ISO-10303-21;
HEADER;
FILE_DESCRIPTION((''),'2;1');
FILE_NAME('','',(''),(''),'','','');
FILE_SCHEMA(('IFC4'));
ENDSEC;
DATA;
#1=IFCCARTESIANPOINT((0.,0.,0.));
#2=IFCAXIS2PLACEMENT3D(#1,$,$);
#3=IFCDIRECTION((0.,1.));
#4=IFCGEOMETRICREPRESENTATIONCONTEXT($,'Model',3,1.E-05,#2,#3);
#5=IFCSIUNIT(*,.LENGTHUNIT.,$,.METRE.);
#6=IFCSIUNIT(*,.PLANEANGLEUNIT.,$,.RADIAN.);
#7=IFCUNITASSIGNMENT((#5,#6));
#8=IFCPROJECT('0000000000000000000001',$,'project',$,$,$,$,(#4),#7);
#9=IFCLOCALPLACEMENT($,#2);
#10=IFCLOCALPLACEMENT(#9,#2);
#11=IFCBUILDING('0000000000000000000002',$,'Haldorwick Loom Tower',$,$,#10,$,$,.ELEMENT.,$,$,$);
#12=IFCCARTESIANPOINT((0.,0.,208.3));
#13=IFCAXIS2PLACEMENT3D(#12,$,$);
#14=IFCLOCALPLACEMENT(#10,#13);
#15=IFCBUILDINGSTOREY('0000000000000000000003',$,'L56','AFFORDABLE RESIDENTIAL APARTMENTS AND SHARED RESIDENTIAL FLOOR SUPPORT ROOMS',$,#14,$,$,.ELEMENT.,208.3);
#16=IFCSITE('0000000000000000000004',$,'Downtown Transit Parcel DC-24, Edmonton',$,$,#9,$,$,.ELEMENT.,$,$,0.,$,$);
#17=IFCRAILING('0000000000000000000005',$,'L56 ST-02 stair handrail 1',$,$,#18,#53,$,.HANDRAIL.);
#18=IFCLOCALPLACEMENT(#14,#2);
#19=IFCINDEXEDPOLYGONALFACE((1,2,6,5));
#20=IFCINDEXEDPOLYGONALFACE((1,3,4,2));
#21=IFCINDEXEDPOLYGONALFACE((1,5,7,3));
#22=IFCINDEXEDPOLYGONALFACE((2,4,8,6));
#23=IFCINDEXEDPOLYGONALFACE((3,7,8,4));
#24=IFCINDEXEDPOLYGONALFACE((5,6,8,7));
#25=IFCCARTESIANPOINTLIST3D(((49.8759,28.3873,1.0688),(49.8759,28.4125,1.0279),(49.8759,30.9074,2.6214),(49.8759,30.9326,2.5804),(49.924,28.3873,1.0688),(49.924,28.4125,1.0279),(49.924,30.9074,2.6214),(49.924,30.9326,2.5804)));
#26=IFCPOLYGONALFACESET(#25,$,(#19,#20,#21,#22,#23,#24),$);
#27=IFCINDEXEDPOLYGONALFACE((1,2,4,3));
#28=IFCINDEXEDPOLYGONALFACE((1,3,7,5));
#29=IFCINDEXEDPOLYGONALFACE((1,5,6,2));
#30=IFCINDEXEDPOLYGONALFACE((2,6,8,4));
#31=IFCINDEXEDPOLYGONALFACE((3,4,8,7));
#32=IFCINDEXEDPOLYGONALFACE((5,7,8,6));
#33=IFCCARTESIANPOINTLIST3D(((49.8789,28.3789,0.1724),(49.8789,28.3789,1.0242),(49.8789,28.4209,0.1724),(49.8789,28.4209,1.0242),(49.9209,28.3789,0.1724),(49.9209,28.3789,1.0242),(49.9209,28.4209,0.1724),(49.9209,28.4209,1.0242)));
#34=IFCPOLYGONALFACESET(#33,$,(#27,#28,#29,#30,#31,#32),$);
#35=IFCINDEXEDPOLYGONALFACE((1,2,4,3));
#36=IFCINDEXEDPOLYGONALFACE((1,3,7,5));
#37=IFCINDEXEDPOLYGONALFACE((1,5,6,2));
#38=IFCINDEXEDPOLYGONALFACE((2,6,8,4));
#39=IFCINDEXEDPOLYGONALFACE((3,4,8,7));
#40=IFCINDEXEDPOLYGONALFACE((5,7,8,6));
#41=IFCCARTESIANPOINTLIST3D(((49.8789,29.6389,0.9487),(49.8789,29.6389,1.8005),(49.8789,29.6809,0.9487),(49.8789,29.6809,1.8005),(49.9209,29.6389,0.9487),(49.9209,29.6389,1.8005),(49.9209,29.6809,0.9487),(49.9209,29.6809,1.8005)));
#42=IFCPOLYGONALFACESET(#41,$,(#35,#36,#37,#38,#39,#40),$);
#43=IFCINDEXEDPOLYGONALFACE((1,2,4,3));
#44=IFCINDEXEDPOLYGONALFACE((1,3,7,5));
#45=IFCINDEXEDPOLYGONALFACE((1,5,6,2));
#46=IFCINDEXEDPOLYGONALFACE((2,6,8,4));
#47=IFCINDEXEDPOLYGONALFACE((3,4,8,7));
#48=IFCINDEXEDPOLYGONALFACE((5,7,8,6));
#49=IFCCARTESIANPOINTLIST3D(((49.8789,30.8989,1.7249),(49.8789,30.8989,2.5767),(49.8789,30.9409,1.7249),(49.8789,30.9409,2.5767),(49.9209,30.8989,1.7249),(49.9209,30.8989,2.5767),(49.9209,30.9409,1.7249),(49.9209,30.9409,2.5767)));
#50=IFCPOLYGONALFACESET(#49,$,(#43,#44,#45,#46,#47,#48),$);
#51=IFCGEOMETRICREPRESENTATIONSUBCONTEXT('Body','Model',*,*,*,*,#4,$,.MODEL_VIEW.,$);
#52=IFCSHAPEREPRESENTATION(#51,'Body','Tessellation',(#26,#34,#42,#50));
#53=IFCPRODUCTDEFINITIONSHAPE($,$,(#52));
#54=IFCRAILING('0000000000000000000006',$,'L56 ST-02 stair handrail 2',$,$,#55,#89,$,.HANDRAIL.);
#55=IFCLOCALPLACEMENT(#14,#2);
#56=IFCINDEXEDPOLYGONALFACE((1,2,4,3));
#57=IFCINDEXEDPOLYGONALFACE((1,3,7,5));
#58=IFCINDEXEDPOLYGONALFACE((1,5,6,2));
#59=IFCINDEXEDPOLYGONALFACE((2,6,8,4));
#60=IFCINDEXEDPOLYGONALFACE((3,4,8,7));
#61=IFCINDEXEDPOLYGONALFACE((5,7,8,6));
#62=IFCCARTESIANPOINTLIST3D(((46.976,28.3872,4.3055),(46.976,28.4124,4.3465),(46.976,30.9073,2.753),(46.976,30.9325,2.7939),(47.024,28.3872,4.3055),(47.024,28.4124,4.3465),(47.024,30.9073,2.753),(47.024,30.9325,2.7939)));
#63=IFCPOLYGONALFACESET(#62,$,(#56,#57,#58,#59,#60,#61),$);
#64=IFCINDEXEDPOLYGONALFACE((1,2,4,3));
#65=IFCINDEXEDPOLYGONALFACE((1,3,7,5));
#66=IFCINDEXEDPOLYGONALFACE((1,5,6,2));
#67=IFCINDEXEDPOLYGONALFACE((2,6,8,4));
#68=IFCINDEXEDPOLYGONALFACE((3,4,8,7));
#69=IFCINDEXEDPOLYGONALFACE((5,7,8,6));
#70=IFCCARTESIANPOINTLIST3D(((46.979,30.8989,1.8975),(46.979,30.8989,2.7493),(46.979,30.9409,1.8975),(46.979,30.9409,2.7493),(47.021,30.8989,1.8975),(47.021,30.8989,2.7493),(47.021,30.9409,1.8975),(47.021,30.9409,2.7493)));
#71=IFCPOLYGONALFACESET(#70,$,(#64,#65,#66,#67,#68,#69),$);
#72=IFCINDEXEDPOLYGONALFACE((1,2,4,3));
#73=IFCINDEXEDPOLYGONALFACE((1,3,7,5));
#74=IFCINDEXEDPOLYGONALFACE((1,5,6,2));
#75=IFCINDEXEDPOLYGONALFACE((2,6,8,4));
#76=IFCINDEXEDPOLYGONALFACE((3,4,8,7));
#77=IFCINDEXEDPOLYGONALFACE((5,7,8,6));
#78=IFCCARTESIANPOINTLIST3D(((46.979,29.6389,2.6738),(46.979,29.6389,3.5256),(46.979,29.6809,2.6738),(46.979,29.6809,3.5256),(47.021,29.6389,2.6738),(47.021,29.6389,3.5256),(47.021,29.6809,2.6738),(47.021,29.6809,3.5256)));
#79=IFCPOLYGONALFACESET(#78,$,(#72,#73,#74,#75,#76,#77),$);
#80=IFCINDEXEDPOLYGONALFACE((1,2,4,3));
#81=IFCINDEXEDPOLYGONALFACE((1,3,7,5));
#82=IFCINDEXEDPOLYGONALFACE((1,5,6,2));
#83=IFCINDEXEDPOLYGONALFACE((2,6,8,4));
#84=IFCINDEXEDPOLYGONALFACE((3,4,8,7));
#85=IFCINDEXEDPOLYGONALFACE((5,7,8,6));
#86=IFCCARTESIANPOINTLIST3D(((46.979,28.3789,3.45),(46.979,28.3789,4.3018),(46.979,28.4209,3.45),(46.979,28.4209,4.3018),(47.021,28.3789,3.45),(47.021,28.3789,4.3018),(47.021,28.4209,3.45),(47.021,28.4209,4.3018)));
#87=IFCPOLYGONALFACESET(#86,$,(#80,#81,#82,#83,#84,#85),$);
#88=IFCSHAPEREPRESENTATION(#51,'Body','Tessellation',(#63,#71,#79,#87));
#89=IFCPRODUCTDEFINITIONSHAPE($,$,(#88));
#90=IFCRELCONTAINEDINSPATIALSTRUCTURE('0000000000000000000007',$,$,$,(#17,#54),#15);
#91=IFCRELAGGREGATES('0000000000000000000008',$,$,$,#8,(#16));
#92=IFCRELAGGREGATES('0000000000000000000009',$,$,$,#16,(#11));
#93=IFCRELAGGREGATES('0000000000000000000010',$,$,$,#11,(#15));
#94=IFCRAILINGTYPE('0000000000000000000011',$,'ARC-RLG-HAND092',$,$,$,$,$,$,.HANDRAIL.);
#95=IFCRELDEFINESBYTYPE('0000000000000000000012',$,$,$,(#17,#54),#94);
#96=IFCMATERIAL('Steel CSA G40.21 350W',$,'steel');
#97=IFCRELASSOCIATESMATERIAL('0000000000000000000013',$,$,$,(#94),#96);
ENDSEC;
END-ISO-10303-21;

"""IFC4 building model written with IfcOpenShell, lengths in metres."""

from ifc_helpers import new_model, si_unit, direction, frame, origin, origin_2d, place, context, subcontext, project, spatial, rectangle, extrude, material, type_object, element, save


model = new_model("IFC4")

# Units and contexts
model_context = context("Model", 3, precision=1e-05, world=origin(), true_north=direction((0.0, 1.0)))
body_context = subcontext(model_context, "Body", "Model", "MODEL_VIEW")
ifc_project = project(units=[si_unit("LENGTHUNIT", "METRE"), si_unit("PLANEANGLEUNIT", "RADIAN")], contexts=[model_context])

# Site, building, storey
site_placement = place(None, origin())
site = spatial("IfcSite", under=ifc_project, at=site_placement, Name="Downtown Transit Parcel DC-24, Edmonton", CompositionType="ELEMENT", RefElevation=0.0)
building_placement = place(site_placement, origin())
building = spatial("IfcBuilding", under=site, at=building_placement, Name="Haldorwick Loom Tower", CompositionType="ELEMENT")
storey_placement = place(building_placement, frame((0.0, 0.0, 208.3)))
storey = spatial("IfcBuildingStorey", under=building, at=storey_placement, Name="L56", Description="AFFORDABLE RESIDENTIAL APARTMENTS AND SHARED RESIDENTIAL FLOOR SUPPORT ROOMS", CompositionType="ELEMENT", Elevation=208.3)

# Shared definitions
ifc_material_1 = material(Name="Steel CSA G40.21 350W", Category="steel")

# Railings
railing_type_1 = type_object("IfcRailingType", Name="ARC-RLG-HAND092", PredefinedType="HANDRAIL", material=ifc_material_1)
railing_1_placement = place(storey_placement, frame((49.8999, 28.3999, 0.1724)))
element("IfcRailing", 1, at=railing_1_placement, inside=storey, type_object=railing_type_1, Name="L56 ST-02 stair handrail 1", PredefinedType="HANDRAIL", context=body_context, shape_type="SweptSolid", body=[
    extrude(rectangle(XDim=0.0481, YDim=0.0481, at=origin_2d()), frame((0.0, 0.0, 0.876), z_axis=(0.0, 0.8514, 0.524516), x_axis=(-1.0, 0.0, 0.0)), (0.0, 0.0, 1.0), 2.96),
    extrude(rectangle(XDim=0.042, YDim=0.042, at=origin_2d()), origin(), (0.0, 0.0, 1.0), 0.8518),
    extrude(rectangle(XDim=0.042, YDim=0.042, at=origin_2d()), frame((0.0, 1.26, 0.7764)), (0.0, 0.0, 1.0), 0.8518),
    extrude(rectangle(XDim=0.042, YDim=0.042, at=origin_2d()), frame((0.0, 2.52, 1.5525)), (0.0, 0.0, 1.0), 0.8518),
])
railing_2_placement = place(storey_placement, frame((47.0, 30.9199, 1.8975)))
element("IfcRailing", 2, at=railing_2_placement, inside=storey, type_object=railing_type_1, Name="L56 ST-02 stair handrail 2", PredefinedType="HANDRAIL", context=body_context, shape_type="SweptSolid", body=[
    extrude(rectangle(XDim=0.0481, YDim=0.0481, at=origin_2d()), frame((0.0, 0.0, 0.876), z_axis=(0.0, -0.8514, 0.524516), x_axis=(1.0, 0.0, 0.0)), (0.0, 0.0, 1.0), 2.96),
    extrude(rectangle(XDim=0.042, YDim=0.042, at=origin_2d()), origin(), (0.0, 0.0, 1.0), 0.8518),
    extrude(rectangle(XDim=0.042, YDim=0.042, at=origin_2d()), frame((0.0, -1.26, 0.7764)), (0.0, 0.0, 1.0), 0.8518),
    extrude(rectangle(XDim=0.042, YDim=0.042, at=origin_2d()), frame((0.0, -2.52, 1.5525)), (0.0, 0.0, 1.0), 0.8518),
])

save(model, "model.ifc")
